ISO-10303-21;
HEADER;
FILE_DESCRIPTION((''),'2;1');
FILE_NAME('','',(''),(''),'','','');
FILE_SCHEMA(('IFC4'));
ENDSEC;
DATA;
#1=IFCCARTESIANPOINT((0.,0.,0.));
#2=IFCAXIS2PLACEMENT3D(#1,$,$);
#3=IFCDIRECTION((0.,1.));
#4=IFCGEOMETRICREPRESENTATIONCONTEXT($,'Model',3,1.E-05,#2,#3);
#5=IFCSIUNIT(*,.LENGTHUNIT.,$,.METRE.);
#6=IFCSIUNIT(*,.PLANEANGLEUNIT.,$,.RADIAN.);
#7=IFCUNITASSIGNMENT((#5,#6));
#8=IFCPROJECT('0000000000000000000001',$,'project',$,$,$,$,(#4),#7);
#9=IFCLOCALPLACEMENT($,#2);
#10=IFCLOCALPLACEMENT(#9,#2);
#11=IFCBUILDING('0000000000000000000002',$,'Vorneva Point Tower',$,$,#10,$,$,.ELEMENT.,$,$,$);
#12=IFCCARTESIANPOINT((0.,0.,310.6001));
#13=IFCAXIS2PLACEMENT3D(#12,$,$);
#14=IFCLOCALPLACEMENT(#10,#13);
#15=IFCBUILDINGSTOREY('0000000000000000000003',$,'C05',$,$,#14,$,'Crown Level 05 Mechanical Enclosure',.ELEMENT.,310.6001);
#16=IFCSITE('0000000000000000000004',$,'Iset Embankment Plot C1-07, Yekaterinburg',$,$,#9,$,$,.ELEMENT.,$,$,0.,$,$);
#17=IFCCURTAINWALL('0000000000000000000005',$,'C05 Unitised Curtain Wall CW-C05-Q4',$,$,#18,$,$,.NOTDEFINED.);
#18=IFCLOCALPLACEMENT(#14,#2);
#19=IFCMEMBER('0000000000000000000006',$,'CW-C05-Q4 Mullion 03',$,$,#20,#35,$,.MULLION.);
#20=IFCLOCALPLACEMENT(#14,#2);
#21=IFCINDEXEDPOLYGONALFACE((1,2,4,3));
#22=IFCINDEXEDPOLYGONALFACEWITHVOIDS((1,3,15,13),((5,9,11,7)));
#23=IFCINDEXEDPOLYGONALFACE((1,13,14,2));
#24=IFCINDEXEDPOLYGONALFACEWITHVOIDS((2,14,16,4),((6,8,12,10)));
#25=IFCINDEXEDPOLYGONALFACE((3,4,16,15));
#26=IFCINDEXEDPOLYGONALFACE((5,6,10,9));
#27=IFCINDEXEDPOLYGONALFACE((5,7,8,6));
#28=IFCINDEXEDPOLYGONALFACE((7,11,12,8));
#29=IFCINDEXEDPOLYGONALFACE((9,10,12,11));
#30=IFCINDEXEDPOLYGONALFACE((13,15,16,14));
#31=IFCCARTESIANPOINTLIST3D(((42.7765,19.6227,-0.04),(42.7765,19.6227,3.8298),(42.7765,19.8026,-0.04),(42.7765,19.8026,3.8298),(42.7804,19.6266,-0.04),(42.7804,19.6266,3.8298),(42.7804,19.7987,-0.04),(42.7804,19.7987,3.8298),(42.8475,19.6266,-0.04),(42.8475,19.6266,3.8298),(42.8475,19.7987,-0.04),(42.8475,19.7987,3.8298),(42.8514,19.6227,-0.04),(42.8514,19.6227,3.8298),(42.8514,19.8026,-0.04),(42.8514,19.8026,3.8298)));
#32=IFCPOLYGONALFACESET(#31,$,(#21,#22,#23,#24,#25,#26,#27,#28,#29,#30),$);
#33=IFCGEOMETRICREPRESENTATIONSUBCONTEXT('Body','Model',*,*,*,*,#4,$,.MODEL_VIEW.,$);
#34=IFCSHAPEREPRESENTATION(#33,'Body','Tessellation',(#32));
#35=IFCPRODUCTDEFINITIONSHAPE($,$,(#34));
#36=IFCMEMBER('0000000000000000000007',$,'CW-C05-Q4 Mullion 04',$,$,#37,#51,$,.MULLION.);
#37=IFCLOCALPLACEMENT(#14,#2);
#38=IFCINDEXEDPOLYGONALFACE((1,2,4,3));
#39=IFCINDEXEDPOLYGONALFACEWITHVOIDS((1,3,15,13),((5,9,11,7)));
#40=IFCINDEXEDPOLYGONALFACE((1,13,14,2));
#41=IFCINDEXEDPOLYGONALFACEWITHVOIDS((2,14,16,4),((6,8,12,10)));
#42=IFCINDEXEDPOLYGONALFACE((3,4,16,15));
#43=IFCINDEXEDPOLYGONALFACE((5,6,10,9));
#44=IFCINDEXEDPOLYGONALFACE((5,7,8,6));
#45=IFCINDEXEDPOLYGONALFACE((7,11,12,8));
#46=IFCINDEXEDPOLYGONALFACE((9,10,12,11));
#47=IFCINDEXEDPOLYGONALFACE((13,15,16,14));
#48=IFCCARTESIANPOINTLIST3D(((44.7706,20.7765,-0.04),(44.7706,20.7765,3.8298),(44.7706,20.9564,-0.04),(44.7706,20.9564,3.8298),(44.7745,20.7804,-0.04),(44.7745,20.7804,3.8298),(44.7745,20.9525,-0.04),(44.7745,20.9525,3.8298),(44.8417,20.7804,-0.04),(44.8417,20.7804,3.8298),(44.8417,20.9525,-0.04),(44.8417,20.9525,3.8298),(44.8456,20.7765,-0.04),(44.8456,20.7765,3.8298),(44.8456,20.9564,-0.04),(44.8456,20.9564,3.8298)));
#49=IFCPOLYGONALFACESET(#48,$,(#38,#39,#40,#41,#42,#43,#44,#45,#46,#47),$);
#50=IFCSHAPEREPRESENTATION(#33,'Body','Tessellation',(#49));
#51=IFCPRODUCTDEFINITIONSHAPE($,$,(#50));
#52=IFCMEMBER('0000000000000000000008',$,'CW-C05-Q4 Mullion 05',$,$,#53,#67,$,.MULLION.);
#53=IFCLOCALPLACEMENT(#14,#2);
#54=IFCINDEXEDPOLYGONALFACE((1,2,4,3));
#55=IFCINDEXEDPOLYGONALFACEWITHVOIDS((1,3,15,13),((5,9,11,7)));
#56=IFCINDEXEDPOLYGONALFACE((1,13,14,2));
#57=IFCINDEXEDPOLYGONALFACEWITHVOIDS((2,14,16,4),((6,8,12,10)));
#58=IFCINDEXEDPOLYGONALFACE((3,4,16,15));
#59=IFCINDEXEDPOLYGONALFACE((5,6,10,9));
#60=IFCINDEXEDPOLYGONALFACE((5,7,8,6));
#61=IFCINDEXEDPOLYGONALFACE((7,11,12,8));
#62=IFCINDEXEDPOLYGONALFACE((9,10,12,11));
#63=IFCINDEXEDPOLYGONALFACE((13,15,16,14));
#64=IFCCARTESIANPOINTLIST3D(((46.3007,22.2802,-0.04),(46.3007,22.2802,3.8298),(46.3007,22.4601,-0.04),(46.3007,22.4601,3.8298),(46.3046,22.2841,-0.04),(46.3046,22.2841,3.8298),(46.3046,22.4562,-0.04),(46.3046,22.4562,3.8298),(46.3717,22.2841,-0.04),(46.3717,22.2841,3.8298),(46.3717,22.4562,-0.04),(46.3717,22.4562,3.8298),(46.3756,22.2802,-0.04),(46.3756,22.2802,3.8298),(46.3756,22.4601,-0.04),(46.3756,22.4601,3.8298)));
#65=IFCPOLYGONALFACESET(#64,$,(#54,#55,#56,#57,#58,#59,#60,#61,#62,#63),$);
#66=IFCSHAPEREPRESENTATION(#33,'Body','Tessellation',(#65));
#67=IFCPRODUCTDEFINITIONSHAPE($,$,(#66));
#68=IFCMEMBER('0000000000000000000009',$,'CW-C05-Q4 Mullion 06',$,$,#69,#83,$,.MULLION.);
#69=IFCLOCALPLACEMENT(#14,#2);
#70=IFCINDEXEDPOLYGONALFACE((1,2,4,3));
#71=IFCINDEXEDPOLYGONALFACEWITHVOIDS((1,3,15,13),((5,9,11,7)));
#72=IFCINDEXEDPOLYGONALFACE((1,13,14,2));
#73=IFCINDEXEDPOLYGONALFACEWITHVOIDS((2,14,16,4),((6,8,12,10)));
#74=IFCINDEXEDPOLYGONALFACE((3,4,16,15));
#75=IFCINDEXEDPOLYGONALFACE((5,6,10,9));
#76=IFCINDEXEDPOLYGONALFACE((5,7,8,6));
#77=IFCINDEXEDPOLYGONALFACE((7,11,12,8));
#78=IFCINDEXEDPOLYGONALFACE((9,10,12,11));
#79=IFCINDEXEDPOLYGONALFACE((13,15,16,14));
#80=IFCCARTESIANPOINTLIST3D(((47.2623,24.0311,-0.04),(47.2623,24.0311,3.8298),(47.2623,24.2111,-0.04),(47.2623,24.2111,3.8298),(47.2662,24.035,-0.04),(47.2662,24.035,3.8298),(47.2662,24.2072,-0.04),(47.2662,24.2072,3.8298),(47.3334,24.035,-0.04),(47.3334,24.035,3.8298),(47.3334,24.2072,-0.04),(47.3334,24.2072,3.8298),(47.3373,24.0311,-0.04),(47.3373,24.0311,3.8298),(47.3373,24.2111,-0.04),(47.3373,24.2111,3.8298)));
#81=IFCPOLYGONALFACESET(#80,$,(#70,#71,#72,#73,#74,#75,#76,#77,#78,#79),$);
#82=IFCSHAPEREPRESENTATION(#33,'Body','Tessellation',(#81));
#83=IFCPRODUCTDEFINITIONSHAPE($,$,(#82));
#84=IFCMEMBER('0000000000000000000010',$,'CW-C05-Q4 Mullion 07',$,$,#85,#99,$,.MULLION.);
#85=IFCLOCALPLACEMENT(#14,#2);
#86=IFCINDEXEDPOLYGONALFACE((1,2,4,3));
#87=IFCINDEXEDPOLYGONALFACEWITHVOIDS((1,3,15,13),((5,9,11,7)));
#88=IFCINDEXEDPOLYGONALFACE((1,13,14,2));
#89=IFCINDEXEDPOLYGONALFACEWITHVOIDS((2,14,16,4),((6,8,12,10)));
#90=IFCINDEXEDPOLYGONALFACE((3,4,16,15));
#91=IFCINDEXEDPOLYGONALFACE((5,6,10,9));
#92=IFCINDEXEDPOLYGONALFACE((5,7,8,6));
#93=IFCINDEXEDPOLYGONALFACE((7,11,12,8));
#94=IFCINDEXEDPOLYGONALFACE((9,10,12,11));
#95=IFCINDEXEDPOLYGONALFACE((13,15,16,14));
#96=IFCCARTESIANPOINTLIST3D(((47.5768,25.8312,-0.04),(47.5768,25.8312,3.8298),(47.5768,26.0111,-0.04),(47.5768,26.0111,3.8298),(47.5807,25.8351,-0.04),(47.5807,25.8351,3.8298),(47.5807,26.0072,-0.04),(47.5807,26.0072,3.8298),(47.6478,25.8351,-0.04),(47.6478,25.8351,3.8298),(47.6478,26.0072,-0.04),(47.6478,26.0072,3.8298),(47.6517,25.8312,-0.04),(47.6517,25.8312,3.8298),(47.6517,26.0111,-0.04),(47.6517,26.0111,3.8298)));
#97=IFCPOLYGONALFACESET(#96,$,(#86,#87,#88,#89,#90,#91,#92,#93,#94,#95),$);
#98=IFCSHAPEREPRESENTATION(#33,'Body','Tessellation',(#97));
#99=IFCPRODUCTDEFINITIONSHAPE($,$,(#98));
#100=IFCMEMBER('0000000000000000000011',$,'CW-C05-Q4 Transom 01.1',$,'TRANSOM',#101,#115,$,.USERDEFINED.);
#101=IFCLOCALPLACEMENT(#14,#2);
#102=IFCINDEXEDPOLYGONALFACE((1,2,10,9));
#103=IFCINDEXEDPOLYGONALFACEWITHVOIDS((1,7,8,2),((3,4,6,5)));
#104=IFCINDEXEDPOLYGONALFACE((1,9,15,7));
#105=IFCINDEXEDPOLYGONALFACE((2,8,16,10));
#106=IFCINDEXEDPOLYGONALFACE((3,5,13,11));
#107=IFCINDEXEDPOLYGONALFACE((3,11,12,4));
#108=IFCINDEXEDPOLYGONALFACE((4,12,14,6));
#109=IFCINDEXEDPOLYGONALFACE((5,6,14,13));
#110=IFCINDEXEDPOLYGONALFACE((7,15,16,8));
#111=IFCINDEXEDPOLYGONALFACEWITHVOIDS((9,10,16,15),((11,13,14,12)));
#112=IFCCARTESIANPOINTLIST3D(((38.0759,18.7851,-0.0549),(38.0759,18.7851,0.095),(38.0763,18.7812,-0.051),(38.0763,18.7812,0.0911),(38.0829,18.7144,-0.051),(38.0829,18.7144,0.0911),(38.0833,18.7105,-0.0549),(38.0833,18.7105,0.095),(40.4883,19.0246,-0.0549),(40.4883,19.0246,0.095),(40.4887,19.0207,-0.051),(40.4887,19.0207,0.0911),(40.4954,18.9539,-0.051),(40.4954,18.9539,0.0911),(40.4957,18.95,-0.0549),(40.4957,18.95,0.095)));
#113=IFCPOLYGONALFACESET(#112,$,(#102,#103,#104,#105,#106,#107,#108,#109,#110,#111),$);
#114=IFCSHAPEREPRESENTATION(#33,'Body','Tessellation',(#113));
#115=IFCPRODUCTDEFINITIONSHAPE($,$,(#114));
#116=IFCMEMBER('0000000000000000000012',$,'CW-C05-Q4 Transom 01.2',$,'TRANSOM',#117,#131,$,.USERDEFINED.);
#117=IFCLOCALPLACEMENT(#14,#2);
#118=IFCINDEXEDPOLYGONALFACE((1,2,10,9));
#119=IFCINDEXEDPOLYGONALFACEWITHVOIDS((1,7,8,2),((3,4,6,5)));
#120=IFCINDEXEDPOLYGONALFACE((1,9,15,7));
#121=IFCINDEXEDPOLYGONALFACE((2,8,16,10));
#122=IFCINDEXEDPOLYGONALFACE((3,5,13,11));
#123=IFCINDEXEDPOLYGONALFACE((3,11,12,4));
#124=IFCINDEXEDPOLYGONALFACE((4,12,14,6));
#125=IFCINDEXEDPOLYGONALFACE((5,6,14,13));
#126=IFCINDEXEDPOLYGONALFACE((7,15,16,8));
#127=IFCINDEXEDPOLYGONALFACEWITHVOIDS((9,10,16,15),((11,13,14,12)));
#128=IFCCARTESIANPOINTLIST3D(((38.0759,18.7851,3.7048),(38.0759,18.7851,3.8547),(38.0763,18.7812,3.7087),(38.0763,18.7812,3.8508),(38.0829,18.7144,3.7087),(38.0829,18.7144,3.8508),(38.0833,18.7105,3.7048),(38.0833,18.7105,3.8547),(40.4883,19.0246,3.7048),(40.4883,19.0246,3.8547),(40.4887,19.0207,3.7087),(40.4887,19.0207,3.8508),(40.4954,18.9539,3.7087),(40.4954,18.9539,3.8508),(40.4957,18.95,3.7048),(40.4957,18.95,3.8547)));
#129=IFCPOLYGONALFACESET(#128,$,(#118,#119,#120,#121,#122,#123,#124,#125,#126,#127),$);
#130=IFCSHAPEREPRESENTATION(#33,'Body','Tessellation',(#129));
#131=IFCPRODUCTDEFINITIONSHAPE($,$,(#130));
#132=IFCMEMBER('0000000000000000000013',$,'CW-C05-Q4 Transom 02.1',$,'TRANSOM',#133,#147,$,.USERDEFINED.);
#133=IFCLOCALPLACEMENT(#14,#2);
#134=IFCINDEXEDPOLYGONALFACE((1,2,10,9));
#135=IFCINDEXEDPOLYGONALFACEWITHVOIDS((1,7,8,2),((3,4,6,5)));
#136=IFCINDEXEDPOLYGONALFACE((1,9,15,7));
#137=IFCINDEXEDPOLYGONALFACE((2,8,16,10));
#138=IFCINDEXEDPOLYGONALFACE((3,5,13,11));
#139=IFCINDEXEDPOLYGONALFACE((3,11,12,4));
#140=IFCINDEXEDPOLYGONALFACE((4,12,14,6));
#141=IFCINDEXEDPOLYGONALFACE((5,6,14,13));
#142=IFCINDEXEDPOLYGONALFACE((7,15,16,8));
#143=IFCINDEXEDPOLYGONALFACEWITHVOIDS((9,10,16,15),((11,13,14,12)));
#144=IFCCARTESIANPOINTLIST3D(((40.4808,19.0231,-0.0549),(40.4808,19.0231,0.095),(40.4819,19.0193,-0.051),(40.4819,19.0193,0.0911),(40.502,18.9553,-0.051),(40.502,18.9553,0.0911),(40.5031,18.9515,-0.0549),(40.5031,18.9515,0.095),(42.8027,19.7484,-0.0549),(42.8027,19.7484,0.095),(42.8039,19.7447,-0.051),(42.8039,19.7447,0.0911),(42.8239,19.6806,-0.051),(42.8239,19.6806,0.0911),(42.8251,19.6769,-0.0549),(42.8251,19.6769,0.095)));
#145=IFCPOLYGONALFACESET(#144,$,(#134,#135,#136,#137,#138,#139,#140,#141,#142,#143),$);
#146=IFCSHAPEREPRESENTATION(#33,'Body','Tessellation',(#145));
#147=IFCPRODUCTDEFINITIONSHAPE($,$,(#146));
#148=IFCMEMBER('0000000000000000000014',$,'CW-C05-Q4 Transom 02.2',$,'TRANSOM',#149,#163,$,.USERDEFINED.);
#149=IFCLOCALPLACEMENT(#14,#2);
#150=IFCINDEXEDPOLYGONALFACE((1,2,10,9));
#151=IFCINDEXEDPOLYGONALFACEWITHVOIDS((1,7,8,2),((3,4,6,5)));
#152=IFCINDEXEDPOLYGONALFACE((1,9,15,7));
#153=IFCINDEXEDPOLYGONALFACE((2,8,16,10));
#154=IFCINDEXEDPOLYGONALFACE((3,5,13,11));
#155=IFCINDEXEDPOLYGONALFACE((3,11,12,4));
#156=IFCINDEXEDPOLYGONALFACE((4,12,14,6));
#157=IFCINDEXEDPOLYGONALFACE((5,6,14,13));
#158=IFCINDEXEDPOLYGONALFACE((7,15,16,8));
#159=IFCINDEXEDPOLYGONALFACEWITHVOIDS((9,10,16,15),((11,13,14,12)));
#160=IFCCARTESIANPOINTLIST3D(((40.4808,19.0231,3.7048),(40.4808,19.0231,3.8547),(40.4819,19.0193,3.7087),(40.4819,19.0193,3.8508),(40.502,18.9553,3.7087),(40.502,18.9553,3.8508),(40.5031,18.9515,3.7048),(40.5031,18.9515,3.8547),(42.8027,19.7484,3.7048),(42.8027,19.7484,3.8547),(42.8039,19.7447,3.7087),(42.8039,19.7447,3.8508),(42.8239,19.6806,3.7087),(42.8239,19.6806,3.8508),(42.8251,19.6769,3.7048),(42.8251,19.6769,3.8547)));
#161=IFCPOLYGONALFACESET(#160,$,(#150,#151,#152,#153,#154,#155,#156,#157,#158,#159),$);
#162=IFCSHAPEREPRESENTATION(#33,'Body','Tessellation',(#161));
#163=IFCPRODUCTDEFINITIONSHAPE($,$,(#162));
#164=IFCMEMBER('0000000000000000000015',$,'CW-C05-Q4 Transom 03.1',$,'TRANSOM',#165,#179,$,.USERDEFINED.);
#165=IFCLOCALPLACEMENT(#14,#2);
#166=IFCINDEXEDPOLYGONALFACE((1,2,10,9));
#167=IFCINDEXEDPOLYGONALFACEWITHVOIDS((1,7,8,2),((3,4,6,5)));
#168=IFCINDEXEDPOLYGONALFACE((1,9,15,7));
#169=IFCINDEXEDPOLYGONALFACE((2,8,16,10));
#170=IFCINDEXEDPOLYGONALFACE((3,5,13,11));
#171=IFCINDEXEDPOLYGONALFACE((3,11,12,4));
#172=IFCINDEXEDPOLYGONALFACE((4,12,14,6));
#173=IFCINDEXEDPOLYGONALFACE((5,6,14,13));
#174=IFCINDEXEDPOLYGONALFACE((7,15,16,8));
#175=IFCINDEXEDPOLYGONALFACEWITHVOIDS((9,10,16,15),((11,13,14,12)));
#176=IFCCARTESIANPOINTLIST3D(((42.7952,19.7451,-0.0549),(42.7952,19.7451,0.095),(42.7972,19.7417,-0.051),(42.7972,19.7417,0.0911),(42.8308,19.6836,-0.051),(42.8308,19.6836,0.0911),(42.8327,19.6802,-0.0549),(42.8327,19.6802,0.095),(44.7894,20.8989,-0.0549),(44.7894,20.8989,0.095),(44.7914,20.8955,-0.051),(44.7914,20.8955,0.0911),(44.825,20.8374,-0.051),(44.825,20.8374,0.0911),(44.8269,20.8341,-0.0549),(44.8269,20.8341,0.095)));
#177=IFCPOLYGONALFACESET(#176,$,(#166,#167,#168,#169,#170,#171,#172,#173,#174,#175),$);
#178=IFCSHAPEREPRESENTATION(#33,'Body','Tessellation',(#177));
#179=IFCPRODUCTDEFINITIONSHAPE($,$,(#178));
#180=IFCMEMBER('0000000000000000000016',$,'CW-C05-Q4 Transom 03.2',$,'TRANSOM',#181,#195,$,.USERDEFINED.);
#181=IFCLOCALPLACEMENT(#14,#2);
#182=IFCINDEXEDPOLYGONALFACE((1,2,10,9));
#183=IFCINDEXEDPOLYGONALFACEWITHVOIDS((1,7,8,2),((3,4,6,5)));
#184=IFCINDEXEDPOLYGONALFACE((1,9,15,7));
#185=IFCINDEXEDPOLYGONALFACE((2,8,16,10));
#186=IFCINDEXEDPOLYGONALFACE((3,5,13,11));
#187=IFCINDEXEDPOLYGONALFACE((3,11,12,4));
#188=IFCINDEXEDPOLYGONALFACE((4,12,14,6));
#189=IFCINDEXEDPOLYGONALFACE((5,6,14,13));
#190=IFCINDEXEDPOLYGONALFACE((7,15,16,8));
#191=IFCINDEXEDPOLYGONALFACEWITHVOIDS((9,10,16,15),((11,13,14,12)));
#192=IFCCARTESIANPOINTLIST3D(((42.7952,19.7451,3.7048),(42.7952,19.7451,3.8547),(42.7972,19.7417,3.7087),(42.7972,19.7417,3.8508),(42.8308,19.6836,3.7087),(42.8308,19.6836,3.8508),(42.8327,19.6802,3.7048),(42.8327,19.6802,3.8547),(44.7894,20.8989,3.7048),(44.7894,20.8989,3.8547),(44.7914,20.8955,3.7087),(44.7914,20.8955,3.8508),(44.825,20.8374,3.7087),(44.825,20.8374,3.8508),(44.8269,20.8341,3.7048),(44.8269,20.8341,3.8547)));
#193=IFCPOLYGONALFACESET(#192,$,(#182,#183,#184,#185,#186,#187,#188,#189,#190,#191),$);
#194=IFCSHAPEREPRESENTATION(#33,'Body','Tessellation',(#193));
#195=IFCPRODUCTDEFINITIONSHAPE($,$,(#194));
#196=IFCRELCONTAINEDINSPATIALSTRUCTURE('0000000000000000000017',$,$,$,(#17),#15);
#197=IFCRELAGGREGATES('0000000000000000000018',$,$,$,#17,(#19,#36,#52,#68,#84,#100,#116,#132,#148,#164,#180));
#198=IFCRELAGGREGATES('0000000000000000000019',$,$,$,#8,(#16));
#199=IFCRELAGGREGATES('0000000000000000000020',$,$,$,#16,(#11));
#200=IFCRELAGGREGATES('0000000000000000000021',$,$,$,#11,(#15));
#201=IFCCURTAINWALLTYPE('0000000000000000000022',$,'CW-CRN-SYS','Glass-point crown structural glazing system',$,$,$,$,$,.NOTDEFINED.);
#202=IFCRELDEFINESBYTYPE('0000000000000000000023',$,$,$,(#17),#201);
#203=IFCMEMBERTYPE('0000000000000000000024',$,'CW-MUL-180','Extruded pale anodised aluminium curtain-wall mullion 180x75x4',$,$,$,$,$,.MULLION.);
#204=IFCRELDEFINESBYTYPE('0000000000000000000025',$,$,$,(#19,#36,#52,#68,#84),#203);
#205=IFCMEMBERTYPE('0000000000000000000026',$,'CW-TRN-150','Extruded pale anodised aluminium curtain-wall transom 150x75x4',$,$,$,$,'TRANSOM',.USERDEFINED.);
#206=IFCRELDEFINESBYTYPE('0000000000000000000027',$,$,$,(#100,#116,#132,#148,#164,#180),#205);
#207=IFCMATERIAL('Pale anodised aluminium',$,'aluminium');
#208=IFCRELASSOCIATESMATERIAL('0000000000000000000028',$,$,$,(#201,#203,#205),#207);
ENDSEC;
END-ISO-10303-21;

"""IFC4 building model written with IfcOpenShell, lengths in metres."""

from ifc_helpers import new_model, si_unit, direction, frame, origin, origin_2d, place, context, subcontext, project, spatial, hollow_rectangle, extrude, material, material_profile, profile_set, type_object, element, aggregate, save


model = new_model("IFC4")

# Units and contexts
model_context = context("Model", 3, precision=1e-05, world=origin(), true_north=direction((0.0, 1.0)))
body_context = subcontext(model_context, "Body", "Model", "MODEL_VIEW")
ifc_project = project(units=[si_unit("LENGTHUNIT", "METRE"), si_unit("PLANEANGLEUNIT", "RADIAN")], contexts=[model_context])

# Site, building, storey
site_placement = place(None, origin())
site = spatial("IfcSite", under=ifc_project, at=site_placement, Name="Iset Embankment Plot C1-07, Yekaterinburg", CompositionType="ELEMENT", RefElevation=0.0)
building_placement = place(site_placement, origin())
building = spatial("IfcBuilding", under=site, at=building_placement, Name="Vorneva Point Tower", CompositionType="ELEMENT")
storey_placement = place(building_placement, frame((0.0, 0.0, 310.6001)))
storey = spatial("IfcBuildingStorey", under=building, at=storey_placement, Name="C05", LongName="Crown Level 05 Mechanical Enclosure", CompositionType="ELEMENT", Elevation=310.6001)

# Curtain wall, members
ifc_material_1 = material(Name="Pale anodised aluminium", Category="aluminium")
curtain_wall_type = type_object("IfcCurtainWallType", Name="CW-CRN-SYS", Description="Glass-point crown structural glazing system", PredefinedType="NOTDEFINED", material=ifc_material_1)
curtain_wall_placement = place(storey_placement, origin())
curtain_wall = element("IfcCurtainWall", 1, at=curtain_wall_placement, inside=storey, type_object=curtain_wall_type, Name="C05 Unitised Curtain Wall CW-C05-Q4", PredefinedType="NOTDEFINED")
ifc_material_profile_1 = material_profile(ifc_material_1, hollow_rectangle(XDim=0.075, YDim=0.1799, WallThickness=0.0039, at=origin_2d()), Name="AL-MUL 180x75x4")
ifc_profile_set_1 = profile_set([ifc_material_profile_1], Name="Pale anodised aluminium")
member_type_1 = type_object("IfcMemberType", Name="CW-MUL-180", Description="Extruded pale anodised aluminium curtain-wall mullion 180x75x4", PredefinedType="MULLION", material=ifc_profile_set_1)
member_1_placement = place(storey_placement, frame((42.814, 19.7126, -0.04), z_axis=(0.0, 0.0, 1.0), x_axis=(1.0, 0.0, 0.0)))
member_1 = element("IfcMember", 2, at=member_1_placement, type_object=member_type_1, Name="CW-C05-Q4 Mullion 03", PredefinedType="MULLION", context=body_context, shape_type="SweptSolid", body=[
    extrude(hollow_rectangle(XDim=0.075, YDim=0.1799, WallThickness=0.0039, at=origin_2d()), origin(), (0.0, 0.0, 1.0), 3.8699),
])
member_2_placement = place(storey_placement, frame((44.8081, 20.8665, -0.04), z_axis=(0.0, 0.0, 1.0), x_axis=(1.0, 0.0, 0.0)))
member_2 = element("IfcMember", 3, at=member_2_placement, type_object=member_type_1, Name="CW-C05-Q4 Mullion 04", PredefinedType="MULLION", context=body_context, shape_type="SweptSolid", body=[
    extrude(hollow_rectangle(XDim=0.075, YDim=0.1799, WallThickness=0.0039, at=origin_2d()), origin(), (0.0, 0.0, 1.0), 3.8699),
])
member_3_placement = place(storey_placement, frame((46.3381, 22.3701, -0.04), z_axis=(0.0, 0.0, 1.0), x_axis=(1.0, 0.0, 0.0)))
member_3 = element("IfcMember", 4, at=member_3_placement, type_object=member_type_1, Name="CW-C05-Q4 Mullion 05", PredefinedType="MULLION", context=body_context, shape_type="SweptSolid", body=[
    extrude(hollow_rectangle(XDim=0.075, YDim=0.1799, WallThickness=0.0039, at=origin_2d()), origin(), (0.0, 0.0, 1.0), 3.8699),
])
member_4_placement = place(storey_placement, frame((47.2998, 24.1211, -0.04), z_axis=(0.0, 0.0, 1.0), x_axis=(1.0, 0.0, 0.0)))
member_4 = element("IfcMember", 5, at=member_4_placement, type_object=member_type_1, Name="CW-C05-Q4 Mullion 06", PredefinedType="MULLION", context=body_context, shape_type="SweptSolid", body=[
    extrude(hollow_rectangle(XDim=0.075, YDim=0.1799, WallThickness=0.0039, at=origin_2d()), origin(), (0.0, 0.0, 1.0), 3.8699),
])
member_5_placement = place(storey_placement, frame((47.6143, 25.9211, -0.04), z_axis=(0.0, 0.0, 1.0), x_axis=(1.0, 0.0, 0.0)))
member_5 = element("IfcMember", 6, at=member_5_placement, type_object=member_type_1, Name="CW-C05-Q4 Mullion 07", PredefinedType="MULLION", context=body_context, shape_type="SweptSolid", body=[
    extrude(hollow_rectangle(XDim=0.075, YDim=0.1799, WallThickness=0.0039, at=origin_2d()), origin(), (0.0, 0.0, 1.0), 3.8699),
])
ifc_material_profile_2 = material_profile(ifc_material_1, hollow_rectangle(XDim=0.075, YDim=0.1499, WallThickness=0.0039, at=origin_2d()), Name="AL-TRN 150x75x4")
ifc_profile_set_2 = profile_set([ifc_material_profile_2], Name="Pale anodised aluminium")
member_type_2 = type_object("IfcMemberType", Name="CW-TRN-150", Description="Extruded pale anodised aluminium curtain-wall transom 150x75x4", ElementType="TRANSOM", PredefinedType="USERDEFINED", material=ifc_profile_set_2)
member_6_placement = place(storey_placement, frame((38.0796, 18.7478, 0.02), z_axis=(0.995108, 0.098796, 0.0), x_axis=(-0.098796, 0.995108, 0.0)))
member_6 = element("IfcMember", 7, at=member_6_placement, type_object=member_type_2, Name="CW-C05-Q4 Transom 01.1", ObjectType="TRANSOM", PredefinedType="USERDEFINED", context=body_context, shape_type="SweptSolid", body=[
    extrude(hollow_rectangle(XDim=0.075, YDim=0.1499, WallThickness=0.0039, at=origin_2d()), origin(), (0.0, 0.0, 1.0), 2.4243),
])
member_7_placement = place(storey_placement, frame((38.0796, 18.7478, 3.7798), z_axis=(0.995108, 0.098796, 0.0), x_axis=(-0.098796, 0.995108, 0.0)))
member_7 = element("IfcMember", 8, at=member_7_placement, type_object=member_type_2, Name="CW-C05-Q4 Transom 01.2", ObjectType="TRANSOM", PredefinedType="USERDEFINED", context=body_context, shape_type="SweptSolid", body=[
    extrude(hollow_rectangle(XDim=0.075, YDim=0.1499, WallThickness=0.0039, at=origin_2d()), origin(), (0.0, 0.0, 1.0), 2.4243),
])
member_8_placement = place(storey_placement, frame((40.4919, 18.9873, 0.02), z_axis=(0.954514, 0.298166, 0.0), x_axis=(-0.298166, 0.954514, 0.0)))
member_8 = element("IfcMember", 9, at=member_8_placement, type_object=member_type_2, Name="CW-C05-Q4 Transom 02.1", ObjectType="TRANSOM", PredefinedType="USERDEFINED", context=body_context, shape_type="SweptSolid", body=[
    extrude(hollow_rectangle(XDim=0.075, YDim=0.1499, WallThickness=0.0039, at=origin_2d()), origin(), (0.0, 0.0, 1.0), 2.4326),
])
member_9_placement = place(storey_placement, frame((40.4919, 18.9873, 3.7798), z_axis=(0.954514, 0.298166, 0.0), x_axis=(-0.298166, 0.954514, 0.0)))
member_9 = element("IfcMember", 10, at=member_9_placement, type_object=member_type_2, Name="CW-C05-Q4 Transom 02.2", ObjectType="TRANSOM", PredefinedType="USERDEFINED", context=body_context, shape_type="SweptSolid", body=[
    extrude(hollow_rectangle(XDim=0.075, YDim=0.1499, WallThickness=0.0039, at=origin_2d()), origin(), (0.0, 0.0, 1.0), 2.4326),
])
member_10_placement = place(storey_placement, frame((42.814, 19.7126, 0.02), z_axis=(0.865557, 0.500811, 0.0), x_axis=(-0.500811, 0.865557, 0.0)))
member_10 = element("IfcMember", 11, at=member_10_placement, type_object=member_type_2, Name="CW-C05-Q4 Transom 03.1", ObjectType="TRANSOM", PredefinedType="USERDEFINED", context=body_context, shape_type="SweptSolid", body=[
    extrude(hollow_rectangle(XDim=0.075, YDim=0.1499, WallThickness=0.0039, at=origin_2d()), origin(), (0.0, 0.0, 1.0), 2.304),
])
member_11_placement = place(storey_placement, frame((42.814, 19.7126, 3.7798), z_axis=(0.865557, 0.500811, 0.0), x_axis=(-0.500811, 0.865557, 0.0)))
member_11 = element("IfcMember", 12, at=member_11_placement, type_object=member_type_2, Name="CW-C05-Q4 Transom 03.2", ObjectType="TRANSOM", PredefinedType="USERDEFINED", context=body_context, shape_type="SweptSolid", body=[
    extrude(hollow_rectangle(XDim=0.075, YDim=0.1499, WallThickness=0.0039, at=origin_2d()), origin(), (0.0, 0.0, 1.0), 2.304),
])

aggregate(curtain_wall, [member_1, member_2, member_3, member_4, member_5, member_6, member_7, member_8, member_9, member_10, member_11])

save(model, "model.ifc")
